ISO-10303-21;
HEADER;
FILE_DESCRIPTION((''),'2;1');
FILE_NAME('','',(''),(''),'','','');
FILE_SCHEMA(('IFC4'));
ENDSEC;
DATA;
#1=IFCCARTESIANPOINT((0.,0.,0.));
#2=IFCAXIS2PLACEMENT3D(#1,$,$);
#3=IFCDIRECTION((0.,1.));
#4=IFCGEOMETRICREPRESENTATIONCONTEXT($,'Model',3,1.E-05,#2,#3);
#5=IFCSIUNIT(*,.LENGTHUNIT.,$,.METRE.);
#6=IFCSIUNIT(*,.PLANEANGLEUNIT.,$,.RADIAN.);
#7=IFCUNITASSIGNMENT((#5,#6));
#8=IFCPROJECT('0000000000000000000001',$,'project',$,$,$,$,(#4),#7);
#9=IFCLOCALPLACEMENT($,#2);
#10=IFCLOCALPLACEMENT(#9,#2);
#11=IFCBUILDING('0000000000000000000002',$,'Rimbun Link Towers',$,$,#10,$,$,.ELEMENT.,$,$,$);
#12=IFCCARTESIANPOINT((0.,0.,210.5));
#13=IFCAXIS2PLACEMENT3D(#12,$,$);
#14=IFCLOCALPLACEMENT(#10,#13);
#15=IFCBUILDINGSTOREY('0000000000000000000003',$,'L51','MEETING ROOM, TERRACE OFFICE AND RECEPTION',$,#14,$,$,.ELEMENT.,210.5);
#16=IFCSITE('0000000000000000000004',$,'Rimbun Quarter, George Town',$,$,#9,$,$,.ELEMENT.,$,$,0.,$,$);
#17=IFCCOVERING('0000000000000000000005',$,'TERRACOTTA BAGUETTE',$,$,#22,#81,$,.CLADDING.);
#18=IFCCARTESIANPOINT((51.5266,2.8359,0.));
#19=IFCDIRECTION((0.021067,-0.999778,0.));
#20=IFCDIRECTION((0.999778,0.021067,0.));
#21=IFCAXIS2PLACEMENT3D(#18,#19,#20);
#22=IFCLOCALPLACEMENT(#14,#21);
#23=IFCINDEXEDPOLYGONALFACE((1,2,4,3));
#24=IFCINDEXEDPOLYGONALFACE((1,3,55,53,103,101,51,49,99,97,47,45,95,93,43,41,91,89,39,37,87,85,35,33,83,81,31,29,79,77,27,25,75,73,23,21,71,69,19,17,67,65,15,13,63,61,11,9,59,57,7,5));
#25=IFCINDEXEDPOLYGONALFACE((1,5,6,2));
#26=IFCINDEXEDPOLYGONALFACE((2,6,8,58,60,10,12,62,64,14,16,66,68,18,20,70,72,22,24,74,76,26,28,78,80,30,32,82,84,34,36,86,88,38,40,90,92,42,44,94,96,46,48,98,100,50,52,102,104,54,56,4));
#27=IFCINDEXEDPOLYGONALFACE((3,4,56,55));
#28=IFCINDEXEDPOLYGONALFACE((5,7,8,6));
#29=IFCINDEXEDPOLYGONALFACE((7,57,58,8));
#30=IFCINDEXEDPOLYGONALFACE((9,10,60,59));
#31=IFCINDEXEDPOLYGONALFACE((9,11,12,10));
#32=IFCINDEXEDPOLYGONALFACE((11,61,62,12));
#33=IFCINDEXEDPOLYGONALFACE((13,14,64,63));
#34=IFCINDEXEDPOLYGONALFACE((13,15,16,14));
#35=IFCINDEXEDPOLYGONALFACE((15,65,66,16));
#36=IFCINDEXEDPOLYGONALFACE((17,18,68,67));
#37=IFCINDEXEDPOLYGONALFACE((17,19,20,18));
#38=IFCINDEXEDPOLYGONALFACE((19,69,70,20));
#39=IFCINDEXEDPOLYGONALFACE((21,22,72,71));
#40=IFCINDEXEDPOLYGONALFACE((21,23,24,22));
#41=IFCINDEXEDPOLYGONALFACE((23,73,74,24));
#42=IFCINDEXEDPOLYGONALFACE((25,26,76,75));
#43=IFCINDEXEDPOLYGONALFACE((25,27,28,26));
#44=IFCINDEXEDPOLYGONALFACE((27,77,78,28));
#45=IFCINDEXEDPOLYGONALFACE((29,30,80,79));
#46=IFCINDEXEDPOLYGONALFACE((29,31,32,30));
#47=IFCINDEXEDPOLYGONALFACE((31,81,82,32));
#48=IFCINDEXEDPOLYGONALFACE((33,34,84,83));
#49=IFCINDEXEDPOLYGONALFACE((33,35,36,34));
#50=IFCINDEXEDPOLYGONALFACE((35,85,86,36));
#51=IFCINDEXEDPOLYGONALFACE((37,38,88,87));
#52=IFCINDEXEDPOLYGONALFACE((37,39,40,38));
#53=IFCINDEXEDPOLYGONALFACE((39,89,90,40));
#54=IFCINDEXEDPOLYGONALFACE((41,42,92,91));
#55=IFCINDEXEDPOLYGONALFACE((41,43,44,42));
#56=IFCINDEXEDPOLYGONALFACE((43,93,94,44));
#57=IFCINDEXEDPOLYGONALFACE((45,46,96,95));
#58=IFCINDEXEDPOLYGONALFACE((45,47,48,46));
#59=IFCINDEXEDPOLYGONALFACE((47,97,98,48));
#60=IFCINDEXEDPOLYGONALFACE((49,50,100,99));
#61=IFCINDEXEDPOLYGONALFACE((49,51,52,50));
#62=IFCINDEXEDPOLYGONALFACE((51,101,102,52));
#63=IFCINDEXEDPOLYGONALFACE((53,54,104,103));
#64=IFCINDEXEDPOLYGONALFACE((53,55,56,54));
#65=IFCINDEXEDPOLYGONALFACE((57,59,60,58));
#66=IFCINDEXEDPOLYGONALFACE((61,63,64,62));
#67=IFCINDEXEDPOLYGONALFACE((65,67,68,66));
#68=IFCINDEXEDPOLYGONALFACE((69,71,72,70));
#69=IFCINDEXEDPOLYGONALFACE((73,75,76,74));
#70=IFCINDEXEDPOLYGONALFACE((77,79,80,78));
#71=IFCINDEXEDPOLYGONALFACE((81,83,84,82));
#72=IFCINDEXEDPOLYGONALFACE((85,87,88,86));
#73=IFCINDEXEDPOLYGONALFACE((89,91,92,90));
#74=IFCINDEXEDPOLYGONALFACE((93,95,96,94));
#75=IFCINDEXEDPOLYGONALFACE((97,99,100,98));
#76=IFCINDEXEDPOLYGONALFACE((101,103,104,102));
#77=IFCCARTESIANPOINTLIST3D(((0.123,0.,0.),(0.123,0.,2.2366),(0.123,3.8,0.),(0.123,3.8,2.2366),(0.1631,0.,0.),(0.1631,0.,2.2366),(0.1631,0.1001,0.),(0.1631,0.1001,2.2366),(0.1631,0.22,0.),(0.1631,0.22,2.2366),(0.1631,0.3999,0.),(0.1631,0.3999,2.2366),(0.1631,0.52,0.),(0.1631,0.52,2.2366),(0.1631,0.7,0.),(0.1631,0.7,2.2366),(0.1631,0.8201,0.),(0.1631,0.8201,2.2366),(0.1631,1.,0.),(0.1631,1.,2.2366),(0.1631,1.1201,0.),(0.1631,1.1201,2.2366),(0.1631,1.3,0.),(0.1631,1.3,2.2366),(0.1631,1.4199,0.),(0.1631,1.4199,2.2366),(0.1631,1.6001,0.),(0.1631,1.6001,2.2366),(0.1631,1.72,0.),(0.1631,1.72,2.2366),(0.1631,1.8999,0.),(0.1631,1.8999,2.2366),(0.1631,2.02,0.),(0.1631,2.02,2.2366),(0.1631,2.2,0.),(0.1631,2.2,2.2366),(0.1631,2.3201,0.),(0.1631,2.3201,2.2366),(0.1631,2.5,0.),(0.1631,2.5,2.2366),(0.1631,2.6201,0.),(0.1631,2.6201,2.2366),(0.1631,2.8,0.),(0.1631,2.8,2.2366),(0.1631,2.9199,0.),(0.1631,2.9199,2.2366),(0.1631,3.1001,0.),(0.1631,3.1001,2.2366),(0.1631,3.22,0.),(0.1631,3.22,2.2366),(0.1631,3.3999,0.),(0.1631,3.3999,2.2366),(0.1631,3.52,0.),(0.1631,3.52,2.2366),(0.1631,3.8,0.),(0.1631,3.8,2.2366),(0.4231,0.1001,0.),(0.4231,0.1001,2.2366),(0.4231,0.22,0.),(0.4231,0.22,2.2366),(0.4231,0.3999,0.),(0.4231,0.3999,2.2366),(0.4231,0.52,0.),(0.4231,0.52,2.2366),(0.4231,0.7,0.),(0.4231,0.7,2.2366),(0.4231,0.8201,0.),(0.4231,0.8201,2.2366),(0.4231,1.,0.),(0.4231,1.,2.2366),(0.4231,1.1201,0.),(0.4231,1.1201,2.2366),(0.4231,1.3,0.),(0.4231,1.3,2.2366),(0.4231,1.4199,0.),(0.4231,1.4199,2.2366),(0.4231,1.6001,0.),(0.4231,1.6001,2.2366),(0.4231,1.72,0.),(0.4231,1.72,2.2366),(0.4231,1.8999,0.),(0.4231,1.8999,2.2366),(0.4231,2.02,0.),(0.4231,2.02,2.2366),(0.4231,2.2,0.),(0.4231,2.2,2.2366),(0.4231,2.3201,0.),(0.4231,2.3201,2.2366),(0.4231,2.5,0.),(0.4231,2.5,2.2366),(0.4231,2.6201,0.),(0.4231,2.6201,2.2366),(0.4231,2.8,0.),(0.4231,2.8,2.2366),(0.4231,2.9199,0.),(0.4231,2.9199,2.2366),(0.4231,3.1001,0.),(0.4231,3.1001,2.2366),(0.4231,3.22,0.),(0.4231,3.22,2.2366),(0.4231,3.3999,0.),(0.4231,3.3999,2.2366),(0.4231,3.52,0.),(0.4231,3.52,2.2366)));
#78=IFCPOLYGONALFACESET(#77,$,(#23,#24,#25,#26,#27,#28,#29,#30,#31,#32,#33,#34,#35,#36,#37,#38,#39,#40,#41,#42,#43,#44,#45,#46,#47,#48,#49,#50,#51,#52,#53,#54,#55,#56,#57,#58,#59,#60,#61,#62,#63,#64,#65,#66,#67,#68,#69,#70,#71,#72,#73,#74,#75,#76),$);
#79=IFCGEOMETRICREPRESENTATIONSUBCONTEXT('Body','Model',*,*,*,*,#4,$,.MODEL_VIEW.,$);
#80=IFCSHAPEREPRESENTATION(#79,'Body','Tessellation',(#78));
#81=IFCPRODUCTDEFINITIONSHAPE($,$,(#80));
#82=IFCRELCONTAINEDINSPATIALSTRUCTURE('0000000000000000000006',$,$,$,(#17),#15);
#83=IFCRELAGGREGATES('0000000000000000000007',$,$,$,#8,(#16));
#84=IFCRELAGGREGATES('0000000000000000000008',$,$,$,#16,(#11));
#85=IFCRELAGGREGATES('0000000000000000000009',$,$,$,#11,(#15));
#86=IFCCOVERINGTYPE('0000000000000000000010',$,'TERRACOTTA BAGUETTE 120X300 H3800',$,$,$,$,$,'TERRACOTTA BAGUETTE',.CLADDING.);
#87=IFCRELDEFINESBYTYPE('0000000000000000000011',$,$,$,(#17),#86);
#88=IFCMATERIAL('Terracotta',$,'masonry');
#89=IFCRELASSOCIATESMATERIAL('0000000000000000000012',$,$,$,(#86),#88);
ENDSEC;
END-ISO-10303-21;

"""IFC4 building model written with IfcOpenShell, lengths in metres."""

from ifc_helpers import new_model, si_unit, direction, frame, origin, place, context, subcontext, project, spatial, polyline, outline, extrude, material, material_profile, profile_set, type_object, element, save


model = new_model("IFC4")

# Units and contexts
model_context = context("Model", 3, precision=1e-05, world=origin(), true_north=direction((0.0, 1.0)))
body_context = subcontext(model_context, "Body", "Model", "MODEL_VIEW")
ifc_project = project(units=[si_unit("LENGTHUNIT", "METRE"), si_unit("PLANEANGLEUNIT", "RADIAN")], contexts=[model_context])

# Site, building, storey
site_placement = place(None, origin())
site = spatial("IfcSite", under=ifc_project, at=site_placement, Name="Rimbun Quarter, George Town", CompositionType="ELEMENT", RefElevation=0.0)
building_placement = place(site_placement, origin())
building = spatial("IfcBuilding", under=site, at=building_placement, Name="Rimbun Link Towers", CompositionType="ELEMENT")
storey_placement = place(building_placement, frame((0.0, 0.0, 210.5)))
storey = spatial("IfcBuildingStorey", under=building, at=storey_placement, Name="L51", Description="MEETING ROOM, TERRACE OFFICE AND RECEPTION", CompositionType="ELEMENT", Elevation=210.5)

# Covering
ifc_material_1 = material(Name="Terracotta", Category="masonry")
ifc_material_profile_1 = material_profile(ifc_material_1, outline(polyline([(0.123, 0.0), (0.1631, 0.0), (0.1631, 0.1001), (0.4231, 0.1001), (0.4231, 0.22), (0.1631, 0.22), (0.1631, 0.3999), (0.4231, 0.3999), (0.4231, 0.52), (0.1631, 0.52), (0.1631, 0.7), (0.4231, 0.7), (0.4231, 0.8201), (0.1631, 0.8201), (0.1631, 1.0), (0.4231, 1.0), (0.4231, 1.1201), (0.1631, 1.1201), (0.1631, 1.3), (0.4231, 1.3), (0.4231, 1.4199), (0.1631, 1.4199), (0.1631, 1.6001), (0.4231, 1.6001), (0.4231, 1.72), (0.1631, 1.72), (0.1631, 1.8999), (0.4231, 1.8999), (0.4231, 2.02), (0.1631, 2.02), (0.1631, 2.2), (0.4231, 2.2), (0.4231, 2.3201), (0.1631, 2.3201), (0.1631, 2.5), (0.4231, 2.5), (0.4231, 2.6201), (0.1631, 2.6201), (0.1631, 2.8), (0.4231, 2.8), (0.4231, 2.9199), (0.1631, 2.9199), (0.1631, 3.1001), (0.4231, 3.1001), (0.4231, 3.22), (0.1631, 3.22), (0.1631, 3.3999), (0.4231, 3.3999), (0.4231, 3.52), (0.1631, 3.52), (0.1631, 3.8), (0.123, 3.8), (0.123, 0.0)])), Name="BAGUETTE 120X300")
ifc_profile_set_1 = profile_set([ifc_material_profile_1], Name="Terracotta")
covering_type = type_object("IfcCoveringType", Name="TERRACOTTA BAGUETTE 120X300 H3800", ElementType="TERRACOTTA BAGUETTE", PredefinedType="CLADDING", material=ifc_profile_set_1)
covering_1_placement = place(storey_placement, frame((51.5266, 2.8359, 0.0), z_axis=(0.021067, -0.999778, 0.0), x_axis=(0.999778, 0.021067, 0.0)))
element("IfcCovering", 1, at=covering_1_placement, inside=storey, type_object=covering_type, Name="TERRACOTTA BAGUETTE", PredefinedType="CLADDING", context=body_context, shape_type="SweptSolid", body=[
    extrude(outline(polyline([(0.123, 0.0), (0.1631, 0.0), (0.1631, 0.1001), (0.4231, 0.1001), (0.4231, 0.22), (0.1631, 0.22), (0.1631, 0.3999), (0.4231, 0.3999), (0.4231, 0.52), (0.1631, 0.52), (0.1631, 0.7), (0.4231, 0.7), (0.4231, 0.8201), (0.1631, 0.8201), (0.1631, 1.0), (0.4231, 1.0), (0.4231, 1.1201), (0.1631, 1.1201), (0.1631, 1.3), (0.4231, 1.3), (0.4231, 1.4199), (0.1631, 1.4199), (0.1631, 1.6001), (0.4231, 1.6001), (0.4231, 1.72), (0.1631, 1.72), (0.1631, 1.8999), (0.4231, 1.8999), (0.4231, 2.02), (0.1631, 2.02), (0.1631, 2.2), (0.4231, 2.2), (0.4231, 2.3201), (0.1631, 2.3201), (0.1631, 2.5), (0.4231, 2.5), (0.4231, 2.6201), (0.1631, 2.6201), (0.1631, 2.8), (0.4231, 2.8), (0.4231, 2.9199), (0.1631, 2.9199), (0.1631, 3.1001), (0.4231, 3.1001), (0.4231, 3.22), (0.1631, 3.22), (0.1631, 3.3999), (0.4231, 3.3999), (0.4231, 3.52), (0.1631, 3.52), (0.1631, 3.8), (0.123, 3.8), (0.123, 0.0)])), origin(), (0.0, 0.0, 1.0), 2.2366),
])

save(model, "model.ifc")
